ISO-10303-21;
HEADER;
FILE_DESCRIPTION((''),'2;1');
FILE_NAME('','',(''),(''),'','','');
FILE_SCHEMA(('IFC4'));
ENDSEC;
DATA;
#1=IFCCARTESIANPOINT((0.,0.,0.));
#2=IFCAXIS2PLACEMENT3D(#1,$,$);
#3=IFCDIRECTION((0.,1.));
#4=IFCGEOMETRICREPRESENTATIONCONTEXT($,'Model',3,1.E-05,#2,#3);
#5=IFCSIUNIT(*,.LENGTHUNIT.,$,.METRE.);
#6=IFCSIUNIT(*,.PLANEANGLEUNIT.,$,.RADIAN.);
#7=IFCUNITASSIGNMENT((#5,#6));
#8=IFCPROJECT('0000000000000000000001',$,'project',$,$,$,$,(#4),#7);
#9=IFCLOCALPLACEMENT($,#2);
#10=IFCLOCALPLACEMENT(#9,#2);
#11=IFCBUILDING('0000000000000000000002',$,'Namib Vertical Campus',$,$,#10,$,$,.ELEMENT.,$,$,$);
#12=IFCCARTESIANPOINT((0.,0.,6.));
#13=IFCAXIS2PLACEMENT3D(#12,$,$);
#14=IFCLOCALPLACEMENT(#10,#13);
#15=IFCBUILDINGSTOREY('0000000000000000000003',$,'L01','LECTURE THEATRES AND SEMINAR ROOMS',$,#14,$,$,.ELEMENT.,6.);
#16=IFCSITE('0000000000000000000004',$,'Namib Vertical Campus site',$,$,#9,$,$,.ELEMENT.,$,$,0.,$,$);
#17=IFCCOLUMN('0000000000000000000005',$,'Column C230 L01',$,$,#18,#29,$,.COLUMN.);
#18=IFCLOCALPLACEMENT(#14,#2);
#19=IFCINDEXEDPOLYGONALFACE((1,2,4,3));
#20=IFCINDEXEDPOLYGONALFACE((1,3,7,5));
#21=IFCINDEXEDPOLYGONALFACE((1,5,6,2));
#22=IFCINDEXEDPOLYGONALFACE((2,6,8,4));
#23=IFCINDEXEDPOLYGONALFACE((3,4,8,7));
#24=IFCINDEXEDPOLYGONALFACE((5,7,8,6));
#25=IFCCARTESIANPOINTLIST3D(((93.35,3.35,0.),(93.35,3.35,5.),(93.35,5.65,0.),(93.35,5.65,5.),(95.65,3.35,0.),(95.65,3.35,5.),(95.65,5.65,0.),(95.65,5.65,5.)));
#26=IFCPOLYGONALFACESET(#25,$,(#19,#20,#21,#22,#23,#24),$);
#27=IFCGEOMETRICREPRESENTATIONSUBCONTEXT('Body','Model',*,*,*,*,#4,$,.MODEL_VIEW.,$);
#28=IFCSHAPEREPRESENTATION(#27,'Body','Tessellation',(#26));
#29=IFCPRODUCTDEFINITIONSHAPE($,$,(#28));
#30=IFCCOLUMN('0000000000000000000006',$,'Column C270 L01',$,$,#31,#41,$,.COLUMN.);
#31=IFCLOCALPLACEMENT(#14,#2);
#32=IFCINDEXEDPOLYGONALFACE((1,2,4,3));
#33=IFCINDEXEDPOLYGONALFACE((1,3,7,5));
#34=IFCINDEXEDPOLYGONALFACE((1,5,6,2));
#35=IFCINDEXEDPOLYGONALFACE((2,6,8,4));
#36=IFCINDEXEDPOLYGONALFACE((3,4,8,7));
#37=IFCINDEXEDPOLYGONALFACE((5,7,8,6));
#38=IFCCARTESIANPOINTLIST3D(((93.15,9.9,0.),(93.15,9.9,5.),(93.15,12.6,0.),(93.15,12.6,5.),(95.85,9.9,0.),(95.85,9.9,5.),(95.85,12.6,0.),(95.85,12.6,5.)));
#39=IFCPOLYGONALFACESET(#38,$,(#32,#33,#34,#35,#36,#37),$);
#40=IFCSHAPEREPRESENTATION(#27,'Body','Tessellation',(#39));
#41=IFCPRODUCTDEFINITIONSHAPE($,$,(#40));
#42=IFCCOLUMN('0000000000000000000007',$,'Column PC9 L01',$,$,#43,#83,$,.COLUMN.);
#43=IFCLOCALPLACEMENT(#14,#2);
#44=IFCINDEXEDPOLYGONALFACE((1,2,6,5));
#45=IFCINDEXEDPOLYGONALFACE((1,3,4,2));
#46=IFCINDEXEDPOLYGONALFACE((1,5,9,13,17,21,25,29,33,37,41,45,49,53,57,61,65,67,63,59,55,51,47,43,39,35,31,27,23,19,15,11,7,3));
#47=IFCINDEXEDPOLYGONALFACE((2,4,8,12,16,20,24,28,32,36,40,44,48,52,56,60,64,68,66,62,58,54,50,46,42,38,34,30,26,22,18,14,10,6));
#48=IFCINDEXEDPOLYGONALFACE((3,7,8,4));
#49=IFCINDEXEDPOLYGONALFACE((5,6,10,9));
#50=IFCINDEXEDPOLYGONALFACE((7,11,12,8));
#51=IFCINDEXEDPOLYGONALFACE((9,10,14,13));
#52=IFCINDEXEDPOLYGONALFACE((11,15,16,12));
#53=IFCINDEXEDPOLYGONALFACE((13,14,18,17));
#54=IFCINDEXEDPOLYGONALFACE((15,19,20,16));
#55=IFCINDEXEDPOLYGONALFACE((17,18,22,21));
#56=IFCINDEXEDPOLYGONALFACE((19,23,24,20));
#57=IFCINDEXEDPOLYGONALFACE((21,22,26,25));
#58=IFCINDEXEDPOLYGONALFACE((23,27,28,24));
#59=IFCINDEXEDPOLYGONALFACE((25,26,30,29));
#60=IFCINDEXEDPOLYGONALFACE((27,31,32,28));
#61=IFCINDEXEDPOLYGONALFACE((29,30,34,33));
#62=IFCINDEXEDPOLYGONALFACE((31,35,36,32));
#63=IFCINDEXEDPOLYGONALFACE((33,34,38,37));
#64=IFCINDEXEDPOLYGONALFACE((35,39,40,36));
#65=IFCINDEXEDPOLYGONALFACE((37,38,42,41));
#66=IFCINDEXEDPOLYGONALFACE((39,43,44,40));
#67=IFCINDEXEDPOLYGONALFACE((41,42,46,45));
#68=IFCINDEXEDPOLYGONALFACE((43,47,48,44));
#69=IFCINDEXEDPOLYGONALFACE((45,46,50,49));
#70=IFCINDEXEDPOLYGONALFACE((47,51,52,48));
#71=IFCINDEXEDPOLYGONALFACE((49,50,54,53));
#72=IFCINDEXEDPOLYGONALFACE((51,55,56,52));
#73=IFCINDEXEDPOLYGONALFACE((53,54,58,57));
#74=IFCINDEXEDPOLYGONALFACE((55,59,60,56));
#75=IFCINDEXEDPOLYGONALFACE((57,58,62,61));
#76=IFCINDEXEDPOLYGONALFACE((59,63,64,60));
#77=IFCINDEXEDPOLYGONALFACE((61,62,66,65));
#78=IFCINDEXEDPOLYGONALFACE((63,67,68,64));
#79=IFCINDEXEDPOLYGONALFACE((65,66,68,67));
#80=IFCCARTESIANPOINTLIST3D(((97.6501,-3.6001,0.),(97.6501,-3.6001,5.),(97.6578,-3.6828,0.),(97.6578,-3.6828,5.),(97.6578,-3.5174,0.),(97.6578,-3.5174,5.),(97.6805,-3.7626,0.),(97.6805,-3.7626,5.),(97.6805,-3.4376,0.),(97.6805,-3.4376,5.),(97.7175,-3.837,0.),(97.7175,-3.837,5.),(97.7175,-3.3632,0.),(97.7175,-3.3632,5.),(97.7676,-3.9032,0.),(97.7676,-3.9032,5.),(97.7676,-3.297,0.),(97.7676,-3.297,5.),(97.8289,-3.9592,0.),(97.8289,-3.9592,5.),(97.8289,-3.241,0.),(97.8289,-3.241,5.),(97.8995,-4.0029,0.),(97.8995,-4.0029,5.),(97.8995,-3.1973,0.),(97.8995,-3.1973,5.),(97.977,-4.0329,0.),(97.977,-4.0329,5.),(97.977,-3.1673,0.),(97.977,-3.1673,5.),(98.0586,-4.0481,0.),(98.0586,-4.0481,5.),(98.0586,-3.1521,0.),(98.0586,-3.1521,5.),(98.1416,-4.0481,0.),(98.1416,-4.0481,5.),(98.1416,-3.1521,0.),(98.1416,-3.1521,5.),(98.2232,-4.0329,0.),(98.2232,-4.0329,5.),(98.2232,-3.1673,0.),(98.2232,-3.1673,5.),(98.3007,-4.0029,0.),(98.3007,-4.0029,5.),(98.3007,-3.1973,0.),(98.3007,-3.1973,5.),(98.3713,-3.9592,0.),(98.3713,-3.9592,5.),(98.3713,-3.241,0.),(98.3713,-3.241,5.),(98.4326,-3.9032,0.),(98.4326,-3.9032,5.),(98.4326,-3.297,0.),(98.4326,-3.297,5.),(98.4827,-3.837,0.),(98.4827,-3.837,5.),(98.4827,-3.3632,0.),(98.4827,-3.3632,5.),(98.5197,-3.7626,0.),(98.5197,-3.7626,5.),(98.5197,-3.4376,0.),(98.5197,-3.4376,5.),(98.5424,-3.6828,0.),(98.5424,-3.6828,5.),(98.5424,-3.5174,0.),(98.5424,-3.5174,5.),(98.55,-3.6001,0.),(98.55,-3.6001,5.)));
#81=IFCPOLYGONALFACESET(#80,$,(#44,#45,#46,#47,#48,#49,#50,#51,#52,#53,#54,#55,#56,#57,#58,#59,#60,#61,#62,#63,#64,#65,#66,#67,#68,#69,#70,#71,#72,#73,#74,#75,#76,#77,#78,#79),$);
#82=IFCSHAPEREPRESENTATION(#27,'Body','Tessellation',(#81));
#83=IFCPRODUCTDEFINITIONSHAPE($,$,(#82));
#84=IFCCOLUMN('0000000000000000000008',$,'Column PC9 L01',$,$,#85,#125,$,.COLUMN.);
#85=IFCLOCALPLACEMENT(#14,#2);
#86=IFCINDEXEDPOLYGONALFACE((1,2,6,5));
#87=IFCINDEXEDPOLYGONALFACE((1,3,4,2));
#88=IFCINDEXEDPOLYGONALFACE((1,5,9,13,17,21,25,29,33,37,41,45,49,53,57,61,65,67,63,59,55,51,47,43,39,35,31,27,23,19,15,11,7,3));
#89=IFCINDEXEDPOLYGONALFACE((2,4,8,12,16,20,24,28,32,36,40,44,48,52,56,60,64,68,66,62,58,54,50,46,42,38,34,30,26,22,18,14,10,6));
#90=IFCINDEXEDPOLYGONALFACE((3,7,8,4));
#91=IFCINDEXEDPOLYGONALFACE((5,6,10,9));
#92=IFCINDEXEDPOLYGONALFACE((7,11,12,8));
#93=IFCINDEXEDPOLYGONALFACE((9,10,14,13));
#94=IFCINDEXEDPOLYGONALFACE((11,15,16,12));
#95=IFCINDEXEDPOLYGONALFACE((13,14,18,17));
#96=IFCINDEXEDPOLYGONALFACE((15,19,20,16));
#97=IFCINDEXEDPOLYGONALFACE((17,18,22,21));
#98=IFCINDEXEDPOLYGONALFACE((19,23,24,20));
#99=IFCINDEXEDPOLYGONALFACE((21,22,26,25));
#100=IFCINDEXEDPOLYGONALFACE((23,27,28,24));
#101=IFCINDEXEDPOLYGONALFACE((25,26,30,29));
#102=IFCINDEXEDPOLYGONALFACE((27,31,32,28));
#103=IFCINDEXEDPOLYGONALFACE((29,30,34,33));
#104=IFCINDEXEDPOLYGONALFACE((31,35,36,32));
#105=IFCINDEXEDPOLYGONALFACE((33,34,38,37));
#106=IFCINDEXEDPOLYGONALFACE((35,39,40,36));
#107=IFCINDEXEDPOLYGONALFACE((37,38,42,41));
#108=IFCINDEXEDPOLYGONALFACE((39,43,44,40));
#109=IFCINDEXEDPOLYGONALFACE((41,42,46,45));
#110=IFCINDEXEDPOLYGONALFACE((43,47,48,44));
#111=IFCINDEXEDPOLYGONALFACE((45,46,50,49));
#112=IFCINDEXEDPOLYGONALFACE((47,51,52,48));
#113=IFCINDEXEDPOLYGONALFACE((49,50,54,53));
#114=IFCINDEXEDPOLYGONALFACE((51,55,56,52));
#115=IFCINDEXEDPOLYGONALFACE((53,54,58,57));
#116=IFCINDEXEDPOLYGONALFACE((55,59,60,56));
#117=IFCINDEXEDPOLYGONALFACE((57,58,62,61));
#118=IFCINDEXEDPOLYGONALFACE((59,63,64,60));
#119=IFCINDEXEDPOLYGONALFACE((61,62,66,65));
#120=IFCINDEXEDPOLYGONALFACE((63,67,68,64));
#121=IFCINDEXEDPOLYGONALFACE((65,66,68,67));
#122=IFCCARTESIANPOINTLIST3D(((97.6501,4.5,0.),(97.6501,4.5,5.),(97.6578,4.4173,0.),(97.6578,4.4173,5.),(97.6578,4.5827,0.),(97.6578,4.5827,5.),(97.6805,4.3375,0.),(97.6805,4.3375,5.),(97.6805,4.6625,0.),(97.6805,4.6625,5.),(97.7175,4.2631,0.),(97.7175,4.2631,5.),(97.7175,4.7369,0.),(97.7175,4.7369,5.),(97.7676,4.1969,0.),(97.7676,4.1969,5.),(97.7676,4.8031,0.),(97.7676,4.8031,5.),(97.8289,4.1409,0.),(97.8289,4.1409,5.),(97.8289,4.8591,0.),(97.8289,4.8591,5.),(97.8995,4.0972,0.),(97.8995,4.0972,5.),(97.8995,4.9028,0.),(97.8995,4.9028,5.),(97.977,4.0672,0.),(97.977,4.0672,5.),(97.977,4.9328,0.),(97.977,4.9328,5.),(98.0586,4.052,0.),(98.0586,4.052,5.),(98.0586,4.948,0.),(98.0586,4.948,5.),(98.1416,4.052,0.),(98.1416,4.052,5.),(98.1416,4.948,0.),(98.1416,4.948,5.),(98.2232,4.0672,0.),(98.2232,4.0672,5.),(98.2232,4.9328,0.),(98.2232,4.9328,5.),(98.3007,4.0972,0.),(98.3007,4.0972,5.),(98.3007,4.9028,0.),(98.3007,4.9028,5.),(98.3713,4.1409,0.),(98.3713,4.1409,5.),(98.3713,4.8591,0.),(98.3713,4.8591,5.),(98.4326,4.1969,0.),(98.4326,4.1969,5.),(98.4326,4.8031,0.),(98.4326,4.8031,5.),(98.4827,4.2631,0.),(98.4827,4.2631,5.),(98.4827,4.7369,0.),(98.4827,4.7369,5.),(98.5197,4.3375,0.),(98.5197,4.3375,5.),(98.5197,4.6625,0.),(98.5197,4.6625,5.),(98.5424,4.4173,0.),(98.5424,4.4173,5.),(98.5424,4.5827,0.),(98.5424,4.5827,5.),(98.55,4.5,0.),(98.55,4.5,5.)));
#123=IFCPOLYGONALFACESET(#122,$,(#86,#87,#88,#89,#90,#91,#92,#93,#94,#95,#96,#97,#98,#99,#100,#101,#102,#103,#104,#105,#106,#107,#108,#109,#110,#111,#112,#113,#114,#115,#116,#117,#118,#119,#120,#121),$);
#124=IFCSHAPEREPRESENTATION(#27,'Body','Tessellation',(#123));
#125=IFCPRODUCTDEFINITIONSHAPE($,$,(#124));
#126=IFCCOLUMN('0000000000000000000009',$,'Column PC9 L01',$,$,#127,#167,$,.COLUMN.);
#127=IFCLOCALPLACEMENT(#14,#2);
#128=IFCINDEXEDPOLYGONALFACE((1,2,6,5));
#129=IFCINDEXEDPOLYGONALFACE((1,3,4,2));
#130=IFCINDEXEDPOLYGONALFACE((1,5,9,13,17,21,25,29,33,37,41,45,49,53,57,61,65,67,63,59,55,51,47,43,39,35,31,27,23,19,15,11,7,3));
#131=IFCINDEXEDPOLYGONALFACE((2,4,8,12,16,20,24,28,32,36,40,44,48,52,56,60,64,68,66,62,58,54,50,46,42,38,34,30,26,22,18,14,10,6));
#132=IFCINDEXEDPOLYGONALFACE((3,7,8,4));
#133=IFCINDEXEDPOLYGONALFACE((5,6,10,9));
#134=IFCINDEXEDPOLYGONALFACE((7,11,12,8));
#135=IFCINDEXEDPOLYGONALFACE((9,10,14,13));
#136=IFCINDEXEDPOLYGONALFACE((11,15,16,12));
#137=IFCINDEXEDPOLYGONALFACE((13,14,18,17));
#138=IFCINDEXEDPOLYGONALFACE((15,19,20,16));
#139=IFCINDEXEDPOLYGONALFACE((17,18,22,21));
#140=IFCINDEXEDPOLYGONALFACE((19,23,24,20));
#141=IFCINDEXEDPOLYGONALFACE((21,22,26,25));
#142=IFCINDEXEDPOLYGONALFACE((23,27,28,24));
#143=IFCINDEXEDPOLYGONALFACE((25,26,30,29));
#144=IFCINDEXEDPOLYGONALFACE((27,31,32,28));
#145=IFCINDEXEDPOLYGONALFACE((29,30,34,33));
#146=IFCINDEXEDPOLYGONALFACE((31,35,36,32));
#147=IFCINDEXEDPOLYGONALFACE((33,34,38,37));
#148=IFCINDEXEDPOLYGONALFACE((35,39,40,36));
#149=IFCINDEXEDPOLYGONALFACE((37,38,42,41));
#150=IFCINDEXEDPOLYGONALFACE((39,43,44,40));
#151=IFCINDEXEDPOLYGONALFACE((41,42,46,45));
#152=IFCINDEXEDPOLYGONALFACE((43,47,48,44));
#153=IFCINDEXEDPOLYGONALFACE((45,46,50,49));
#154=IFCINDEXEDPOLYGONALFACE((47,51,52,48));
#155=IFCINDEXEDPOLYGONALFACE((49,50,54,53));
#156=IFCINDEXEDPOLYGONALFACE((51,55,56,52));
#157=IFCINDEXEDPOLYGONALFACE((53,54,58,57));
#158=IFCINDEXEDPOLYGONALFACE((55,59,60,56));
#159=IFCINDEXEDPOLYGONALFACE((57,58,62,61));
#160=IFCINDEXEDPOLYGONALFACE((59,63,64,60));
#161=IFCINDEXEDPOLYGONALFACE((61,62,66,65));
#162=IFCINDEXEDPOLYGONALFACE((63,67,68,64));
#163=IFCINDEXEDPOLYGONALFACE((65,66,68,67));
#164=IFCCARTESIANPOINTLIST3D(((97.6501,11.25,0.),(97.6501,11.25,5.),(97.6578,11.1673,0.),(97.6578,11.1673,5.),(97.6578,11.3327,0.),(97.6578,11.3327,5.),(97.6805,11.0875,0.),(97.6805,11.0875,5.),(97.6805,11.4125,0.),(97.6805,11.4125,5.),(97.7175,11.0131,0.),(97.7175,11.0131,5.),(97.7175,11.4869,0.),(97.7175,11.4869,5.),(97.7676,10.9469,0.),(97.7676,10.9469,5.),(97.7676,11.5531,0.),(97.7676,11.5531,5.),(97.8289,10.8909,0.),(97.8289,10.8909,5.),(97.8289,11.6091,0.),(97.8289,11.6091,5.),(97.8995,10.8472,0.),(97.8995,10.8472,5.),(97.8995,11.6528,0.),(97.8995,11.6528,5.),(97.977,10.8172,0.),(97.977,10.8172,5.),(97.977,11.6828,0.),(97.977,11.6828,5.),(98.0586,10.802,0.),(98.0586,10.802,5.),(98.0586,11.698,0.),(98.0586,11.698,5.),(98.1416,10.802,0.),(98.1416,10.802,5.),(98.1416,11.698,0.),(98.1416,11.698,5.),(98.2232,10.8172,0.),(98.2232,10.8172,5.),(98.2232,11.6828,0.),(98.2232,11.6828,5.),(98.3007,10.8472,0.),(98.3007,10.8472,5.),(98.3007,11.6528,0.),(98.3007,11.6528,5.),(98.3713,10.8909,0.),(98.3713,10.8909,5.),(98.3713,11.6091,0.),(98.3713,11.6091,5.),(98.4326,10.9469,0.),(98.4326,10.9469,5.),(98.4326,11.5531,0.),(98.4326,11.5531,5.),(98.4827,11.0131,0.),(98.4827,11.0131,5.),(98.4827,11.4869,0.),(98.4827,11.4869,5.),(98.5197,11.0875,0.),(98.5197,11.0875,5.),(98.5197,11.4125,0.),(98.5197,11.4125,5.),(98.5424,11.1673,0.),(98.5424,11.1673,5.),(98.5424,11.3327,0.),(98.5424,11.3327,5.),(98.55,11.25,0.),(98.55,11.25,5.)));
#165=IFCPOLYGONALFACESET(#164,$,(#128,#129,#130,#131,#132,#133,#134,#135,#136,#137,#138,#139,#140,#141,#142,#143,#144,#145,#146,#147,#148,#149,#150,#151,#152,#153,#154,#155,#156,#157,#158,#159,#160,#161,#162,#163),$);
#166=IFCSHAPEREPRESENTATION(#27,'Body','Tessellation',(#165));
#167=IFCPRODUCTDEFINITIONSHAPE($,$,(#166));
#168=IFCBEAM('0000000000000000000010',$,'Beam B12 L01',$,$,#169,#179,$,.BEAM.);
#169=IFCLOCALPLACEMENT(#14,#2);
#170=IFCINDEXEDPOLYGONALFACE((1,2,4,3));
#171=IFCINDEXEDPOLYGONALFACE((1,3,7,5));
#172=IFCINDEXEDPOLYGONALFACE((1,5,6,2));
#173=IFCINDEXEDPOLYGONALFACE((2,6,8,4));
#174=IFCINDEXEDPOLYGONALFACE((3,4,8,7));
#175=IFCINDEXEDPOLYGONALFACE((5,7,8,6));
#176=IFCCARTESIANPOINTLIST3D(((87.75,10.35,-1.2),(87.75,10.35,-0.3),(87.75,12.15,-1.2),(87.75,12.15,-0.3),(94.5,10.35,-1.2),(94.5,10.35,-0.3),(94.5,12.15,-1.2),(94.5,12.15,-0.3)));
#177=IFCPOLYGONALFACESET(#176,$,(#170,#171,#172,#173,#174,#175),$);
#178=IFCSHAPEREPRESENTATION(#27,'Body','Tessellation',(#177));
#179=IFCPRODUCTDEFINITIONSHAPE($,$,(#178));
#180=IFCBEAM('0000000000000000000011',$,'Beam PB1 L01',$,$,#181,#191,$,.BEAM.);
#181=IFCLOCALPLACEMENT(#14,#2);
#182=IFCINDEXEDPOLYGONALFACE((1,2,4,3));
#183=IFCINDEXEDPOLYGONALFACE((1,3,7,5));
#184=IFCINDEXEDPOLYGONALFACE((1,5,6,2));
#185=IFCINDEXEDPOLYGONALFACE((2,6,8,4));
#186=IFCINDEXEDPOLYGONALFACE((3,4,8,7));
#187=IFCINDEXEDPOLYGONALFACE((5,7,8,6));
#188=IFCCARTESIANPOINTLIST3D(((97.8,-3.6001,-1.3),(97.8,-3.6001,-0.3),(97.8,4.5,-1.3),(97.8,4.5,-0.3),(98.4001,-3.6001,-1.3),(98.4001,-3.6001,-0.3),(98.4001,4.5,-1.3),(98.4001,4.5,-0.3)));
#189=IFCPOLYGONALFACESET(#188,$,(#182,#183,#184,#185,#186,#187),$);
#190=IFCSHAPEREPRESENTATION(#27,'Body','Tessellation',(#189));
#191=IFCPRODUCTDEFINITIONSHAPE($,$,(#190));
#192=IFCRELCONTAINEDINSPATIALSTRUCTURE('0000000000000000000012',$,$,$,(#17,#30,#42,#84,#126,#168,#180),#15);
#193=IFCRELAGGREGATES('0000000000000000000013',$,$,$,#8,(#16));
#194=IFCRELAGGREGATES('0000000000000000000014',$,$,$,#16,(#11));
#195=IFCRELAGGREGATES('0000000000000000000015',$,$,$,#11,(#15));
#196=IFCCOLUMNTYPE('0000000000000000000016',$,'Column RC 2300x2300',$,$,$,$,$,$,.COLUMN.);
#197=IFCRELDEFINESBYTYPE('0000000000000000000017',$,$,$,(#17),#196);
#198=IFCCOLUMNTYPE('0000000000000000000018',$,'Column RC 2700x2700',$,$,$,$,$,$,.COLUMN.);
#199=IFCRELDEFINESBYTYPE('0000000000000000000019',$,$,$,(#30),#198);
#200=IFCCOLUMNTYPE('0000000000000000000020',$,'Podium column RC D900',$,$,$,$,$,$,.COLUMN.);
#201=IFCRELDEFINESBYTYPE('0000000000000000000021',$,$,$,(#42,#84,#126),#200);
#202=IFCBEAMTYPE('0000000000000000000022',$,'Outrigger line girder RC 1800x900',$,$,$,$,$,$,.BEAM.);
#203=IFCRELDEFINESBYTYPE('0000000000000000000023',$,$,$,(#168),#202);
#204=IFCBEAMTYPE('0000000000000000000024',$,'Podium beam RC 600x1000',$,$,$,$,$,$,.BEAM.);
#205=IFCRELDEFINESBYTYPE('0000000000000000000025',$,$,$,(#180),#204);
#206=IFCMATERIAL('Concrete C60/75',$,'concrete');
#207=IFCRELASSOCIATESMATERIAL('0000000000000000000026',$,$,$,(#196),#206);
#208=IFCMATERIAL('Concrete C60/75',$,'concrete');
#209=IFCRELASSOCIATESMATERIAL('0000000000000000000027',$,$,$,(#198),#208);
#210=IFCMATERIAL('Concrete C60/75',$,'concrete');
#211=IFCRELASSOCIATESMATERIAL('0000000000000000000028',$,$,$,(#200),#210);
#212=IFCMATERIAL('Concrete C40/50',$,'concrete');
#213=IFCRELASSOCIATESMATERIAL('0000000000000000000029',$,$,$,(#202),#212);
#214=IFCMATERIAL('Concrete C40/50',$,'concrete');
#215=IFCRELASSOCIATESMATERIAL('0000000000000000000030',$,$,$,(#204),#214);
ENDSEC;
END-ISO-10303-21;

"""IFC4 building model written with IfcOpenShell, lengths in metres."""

from ifc_helpers import new_model, si_unit, direction, frame, origin, origin_2d, place, context, subcontext, project, spatial, rectangle, circle, extrude, material, material_profile, profile_set, type_object, element, save


model = new_model("IFC4")

# Units and contexts
model_context = context("Model", 3, precision=1e-05, world=origin(), true_north=direction((0.0, 1.0)))
body_context = subcontext(model_context, "Body", "Model", "MODEL_VIEW")
ifc_project = project(units=[si_unit("LENGTHUNIT", "METRE"), si_unit("PLANEANGLEUNIT", "RADIAN")], contexts=[model_context])

# Site, building, storey
site_placement = place(None, origin())
site = spatial("IfcSite", under=ifc_project, at=site_placement, Name="Namib Vertical Campus site", CompositionType="ELEMENT", RefElevation=0.0)
building_placement = place(site_placement, origin())
building = spatial("IfcBuilding", under=site, at=building_placement, Name="Namib Vertical Campus", CompositionType="ELEMENT")
storey_placement = place(building_placement, frame((0.0, 0.0, 6.0)))
storey = spatial("IfcBuildingStorey", under=building, at=storey_placement, Name="L01", Description="LECTURE THEATRES AND SEMINAR ROOMS", CompositionType="ELEMENT", Elevation=6.0)

# Columns
ifc_material_1 = material(Name="Concrete C60/75", Category="concrete")
ifc_material_profile_1 = material_profile(ifc_material_1, rectangle(XDim=2.3, YDim=2.3, at=origin_2d()))
ifc_profile_set_1 = profile_set([ifc_material_profile_1], Name="Concrete C60/75")
column_type_1 = type_object("IfcColumnType", Name="Column RC 2300x2300", PredefinedType="COLUMN", material=ifc_profile_set_1)
column_1_placement = place(storey_placement, frame((94.5, 4.5, 0.0), z_axis=(0.0, 0.0, 1.0), x_axis=(1.0, 0.0, 0.0)))
element("IfcColumn", 1, at=column_1_placement, inside=storey, type_object=column_type_1, Name="Column C230 L01", PredefinedType="COLUMN", context=body_context, shape_type="SweptSolid", body=[
    extrude(rectangle(XDim=2.3, YDim=2.3, at=origin_2d()), origin(), (0.0, 0.0, 1.0), 5.0),
])
ifc_material_2 = material(Name="Concrete C60/75", Category="concrete")
ifc_material_profile_2 = material_profile(ifc_material_2, rectangle(XDim=2.7, YDim=2.7, at=origin_2d()))
ifc_profile_set_2 = profile_set([ifc_material_profile_2], Name="Concrete C60/75")
column_type_2 = type_object("IfcColumnType", Name="Column RC 2700x2700", PredefinedType="COLUMN", material=ifc_profile_set_2)
column_2_placement = place(storey_placement, frame((94.5, 11.25, 0.0), z_axis=(0.0, 0.0, 1.0), x_axis=(1.0, 0.0, 0.0)))
element("IfcColumn", 2, at=column_2_placement, inside=storey, type_object=column_type_2, Name="Column C270 L01", PredefinedType="COLUMN", context=body_context, shape_type="SweptSolid", body=[
    extrude(rectangle(XDim=2.7, YDim=2.7, at=origin_2d()), origin(), (0.0, 0.0, 1.0), 5.0),
])
ifc_material_3 = material(Name="Concrete C60/75", Category="concrete")
ifc_material_profile_3 = material_profile(ifc_material_3, circle(Radius=0.45, at=origin_2d()))
ifc_profile_set_3 = profile_set([ifc_material_profile_3], Name="Concrete C60/75")
column_type_3 = type_object("IfcColumnType", Name="Podium column RC D900", PredefinedType="COLUMN", material=ifc_profile_set_3)
for number, where, z_axis, x_axis, name in (
    (3, (98.1001, -3.6001, 0.0), (0.0, 0.0, 1.0), (1.0, 0.0, 0.0), "Column PC9 L01"),
    (4, (98.1001, 4.5, 0.0), (0.0, 0.0, 1.0), (1.0, 0.0, 0.0), "Column PC9 L01"),
    (5, (98.1001, 11.25, 0.0), (0.0, 0.0, 1.0), (1.0, 0.0, 0.0), "Column PC9 L01"),
):
    element("IfcColumn", number, at=place(storey_placement, frame(where, z_axis=z_axis, x_axis=x_axis)), inside=storey, type_object=column_type_3, Name=name, PredefinedType="COLUMN", context=body_context, shape_type="SweptSolid", body=[
        extrude(circle(Radius=0.45, at=origin_2d()), origin(), (0.0, 0.0, 1.0), 5.0),
    ])

# Beams
ifc_material_4 = material(Name="Concrete C40/50", Category="concrete")
ifc_material_profile_4 = material_profile(ifc_material_4, rectangle(XDim=1.8, YDim=0.8999, at=origin_2d()))
ifc_profile_set_4 = profile_set([ifc_material_profile_4], Name="Concrete C40/50")
beam_type_1 = type_object("IfcBeamType", Name="Outrigger line girder RC 1800x900", PredefinedType="BEAM", material=ifc_profile_set_4)
beam_1_placement = place(storey_placement, frame((94.5, 11.25, -0.75), z_axis=(-1.0, 0.0, 0.0), x_axis=(0.0, -1.0, 0.0)))
element("IfcBeam", 6, at=beam_1_placement, inside=storey, type_object=beam_type_1, Name="Beam B12 L01", PredefinedType="BEAM", context=body_context, shape_type="SweptSolid", body=[
    extrude(rectangle(XDim=1.8, YDim=0.8999, at=origin_2d()), origin(), (0.0, 0.0, 1.0), 6.75),
])
ifc_material_5 = material(Name="Concrete C40/50", Category="concrete")
ifc_material_profile_5 = material_profile(ifc_material_5, rectangle(XDim=0.6001, YDim=1.0, at=origin_2d()))
ifc_profile_set_5 = profile_set([ifc_material_profile_5], Name="Concrete C40/50")
beam_type_2 = type_object("IfcBeamType", Name="Podium beam RC 600x1000", PredefinedType="BEAM", material=ifc_profile_set_5)
beam_2_placement = place(storey_placement, frame((98.1001, -3.6001, -0.8), z_axis=(0.0, 1.0, 0.0), x_axis=(-1.0, 0.0, 0.0)))
element("IfcBeam", 7, at=beam_2_placement, inside=storey, type_object=beam_type_2, Name="Beam PB1 L01", PredefinedType="BEAM", context=body_context, shape_type="SweptSolid", body=[
    extrude(rectangle(XDim=0.6001, YDim=1.0, at=origin_2d()), origin(), (0.0, 0.0, 1.0), 8.1001),
])

save(model, "model.ifc")
